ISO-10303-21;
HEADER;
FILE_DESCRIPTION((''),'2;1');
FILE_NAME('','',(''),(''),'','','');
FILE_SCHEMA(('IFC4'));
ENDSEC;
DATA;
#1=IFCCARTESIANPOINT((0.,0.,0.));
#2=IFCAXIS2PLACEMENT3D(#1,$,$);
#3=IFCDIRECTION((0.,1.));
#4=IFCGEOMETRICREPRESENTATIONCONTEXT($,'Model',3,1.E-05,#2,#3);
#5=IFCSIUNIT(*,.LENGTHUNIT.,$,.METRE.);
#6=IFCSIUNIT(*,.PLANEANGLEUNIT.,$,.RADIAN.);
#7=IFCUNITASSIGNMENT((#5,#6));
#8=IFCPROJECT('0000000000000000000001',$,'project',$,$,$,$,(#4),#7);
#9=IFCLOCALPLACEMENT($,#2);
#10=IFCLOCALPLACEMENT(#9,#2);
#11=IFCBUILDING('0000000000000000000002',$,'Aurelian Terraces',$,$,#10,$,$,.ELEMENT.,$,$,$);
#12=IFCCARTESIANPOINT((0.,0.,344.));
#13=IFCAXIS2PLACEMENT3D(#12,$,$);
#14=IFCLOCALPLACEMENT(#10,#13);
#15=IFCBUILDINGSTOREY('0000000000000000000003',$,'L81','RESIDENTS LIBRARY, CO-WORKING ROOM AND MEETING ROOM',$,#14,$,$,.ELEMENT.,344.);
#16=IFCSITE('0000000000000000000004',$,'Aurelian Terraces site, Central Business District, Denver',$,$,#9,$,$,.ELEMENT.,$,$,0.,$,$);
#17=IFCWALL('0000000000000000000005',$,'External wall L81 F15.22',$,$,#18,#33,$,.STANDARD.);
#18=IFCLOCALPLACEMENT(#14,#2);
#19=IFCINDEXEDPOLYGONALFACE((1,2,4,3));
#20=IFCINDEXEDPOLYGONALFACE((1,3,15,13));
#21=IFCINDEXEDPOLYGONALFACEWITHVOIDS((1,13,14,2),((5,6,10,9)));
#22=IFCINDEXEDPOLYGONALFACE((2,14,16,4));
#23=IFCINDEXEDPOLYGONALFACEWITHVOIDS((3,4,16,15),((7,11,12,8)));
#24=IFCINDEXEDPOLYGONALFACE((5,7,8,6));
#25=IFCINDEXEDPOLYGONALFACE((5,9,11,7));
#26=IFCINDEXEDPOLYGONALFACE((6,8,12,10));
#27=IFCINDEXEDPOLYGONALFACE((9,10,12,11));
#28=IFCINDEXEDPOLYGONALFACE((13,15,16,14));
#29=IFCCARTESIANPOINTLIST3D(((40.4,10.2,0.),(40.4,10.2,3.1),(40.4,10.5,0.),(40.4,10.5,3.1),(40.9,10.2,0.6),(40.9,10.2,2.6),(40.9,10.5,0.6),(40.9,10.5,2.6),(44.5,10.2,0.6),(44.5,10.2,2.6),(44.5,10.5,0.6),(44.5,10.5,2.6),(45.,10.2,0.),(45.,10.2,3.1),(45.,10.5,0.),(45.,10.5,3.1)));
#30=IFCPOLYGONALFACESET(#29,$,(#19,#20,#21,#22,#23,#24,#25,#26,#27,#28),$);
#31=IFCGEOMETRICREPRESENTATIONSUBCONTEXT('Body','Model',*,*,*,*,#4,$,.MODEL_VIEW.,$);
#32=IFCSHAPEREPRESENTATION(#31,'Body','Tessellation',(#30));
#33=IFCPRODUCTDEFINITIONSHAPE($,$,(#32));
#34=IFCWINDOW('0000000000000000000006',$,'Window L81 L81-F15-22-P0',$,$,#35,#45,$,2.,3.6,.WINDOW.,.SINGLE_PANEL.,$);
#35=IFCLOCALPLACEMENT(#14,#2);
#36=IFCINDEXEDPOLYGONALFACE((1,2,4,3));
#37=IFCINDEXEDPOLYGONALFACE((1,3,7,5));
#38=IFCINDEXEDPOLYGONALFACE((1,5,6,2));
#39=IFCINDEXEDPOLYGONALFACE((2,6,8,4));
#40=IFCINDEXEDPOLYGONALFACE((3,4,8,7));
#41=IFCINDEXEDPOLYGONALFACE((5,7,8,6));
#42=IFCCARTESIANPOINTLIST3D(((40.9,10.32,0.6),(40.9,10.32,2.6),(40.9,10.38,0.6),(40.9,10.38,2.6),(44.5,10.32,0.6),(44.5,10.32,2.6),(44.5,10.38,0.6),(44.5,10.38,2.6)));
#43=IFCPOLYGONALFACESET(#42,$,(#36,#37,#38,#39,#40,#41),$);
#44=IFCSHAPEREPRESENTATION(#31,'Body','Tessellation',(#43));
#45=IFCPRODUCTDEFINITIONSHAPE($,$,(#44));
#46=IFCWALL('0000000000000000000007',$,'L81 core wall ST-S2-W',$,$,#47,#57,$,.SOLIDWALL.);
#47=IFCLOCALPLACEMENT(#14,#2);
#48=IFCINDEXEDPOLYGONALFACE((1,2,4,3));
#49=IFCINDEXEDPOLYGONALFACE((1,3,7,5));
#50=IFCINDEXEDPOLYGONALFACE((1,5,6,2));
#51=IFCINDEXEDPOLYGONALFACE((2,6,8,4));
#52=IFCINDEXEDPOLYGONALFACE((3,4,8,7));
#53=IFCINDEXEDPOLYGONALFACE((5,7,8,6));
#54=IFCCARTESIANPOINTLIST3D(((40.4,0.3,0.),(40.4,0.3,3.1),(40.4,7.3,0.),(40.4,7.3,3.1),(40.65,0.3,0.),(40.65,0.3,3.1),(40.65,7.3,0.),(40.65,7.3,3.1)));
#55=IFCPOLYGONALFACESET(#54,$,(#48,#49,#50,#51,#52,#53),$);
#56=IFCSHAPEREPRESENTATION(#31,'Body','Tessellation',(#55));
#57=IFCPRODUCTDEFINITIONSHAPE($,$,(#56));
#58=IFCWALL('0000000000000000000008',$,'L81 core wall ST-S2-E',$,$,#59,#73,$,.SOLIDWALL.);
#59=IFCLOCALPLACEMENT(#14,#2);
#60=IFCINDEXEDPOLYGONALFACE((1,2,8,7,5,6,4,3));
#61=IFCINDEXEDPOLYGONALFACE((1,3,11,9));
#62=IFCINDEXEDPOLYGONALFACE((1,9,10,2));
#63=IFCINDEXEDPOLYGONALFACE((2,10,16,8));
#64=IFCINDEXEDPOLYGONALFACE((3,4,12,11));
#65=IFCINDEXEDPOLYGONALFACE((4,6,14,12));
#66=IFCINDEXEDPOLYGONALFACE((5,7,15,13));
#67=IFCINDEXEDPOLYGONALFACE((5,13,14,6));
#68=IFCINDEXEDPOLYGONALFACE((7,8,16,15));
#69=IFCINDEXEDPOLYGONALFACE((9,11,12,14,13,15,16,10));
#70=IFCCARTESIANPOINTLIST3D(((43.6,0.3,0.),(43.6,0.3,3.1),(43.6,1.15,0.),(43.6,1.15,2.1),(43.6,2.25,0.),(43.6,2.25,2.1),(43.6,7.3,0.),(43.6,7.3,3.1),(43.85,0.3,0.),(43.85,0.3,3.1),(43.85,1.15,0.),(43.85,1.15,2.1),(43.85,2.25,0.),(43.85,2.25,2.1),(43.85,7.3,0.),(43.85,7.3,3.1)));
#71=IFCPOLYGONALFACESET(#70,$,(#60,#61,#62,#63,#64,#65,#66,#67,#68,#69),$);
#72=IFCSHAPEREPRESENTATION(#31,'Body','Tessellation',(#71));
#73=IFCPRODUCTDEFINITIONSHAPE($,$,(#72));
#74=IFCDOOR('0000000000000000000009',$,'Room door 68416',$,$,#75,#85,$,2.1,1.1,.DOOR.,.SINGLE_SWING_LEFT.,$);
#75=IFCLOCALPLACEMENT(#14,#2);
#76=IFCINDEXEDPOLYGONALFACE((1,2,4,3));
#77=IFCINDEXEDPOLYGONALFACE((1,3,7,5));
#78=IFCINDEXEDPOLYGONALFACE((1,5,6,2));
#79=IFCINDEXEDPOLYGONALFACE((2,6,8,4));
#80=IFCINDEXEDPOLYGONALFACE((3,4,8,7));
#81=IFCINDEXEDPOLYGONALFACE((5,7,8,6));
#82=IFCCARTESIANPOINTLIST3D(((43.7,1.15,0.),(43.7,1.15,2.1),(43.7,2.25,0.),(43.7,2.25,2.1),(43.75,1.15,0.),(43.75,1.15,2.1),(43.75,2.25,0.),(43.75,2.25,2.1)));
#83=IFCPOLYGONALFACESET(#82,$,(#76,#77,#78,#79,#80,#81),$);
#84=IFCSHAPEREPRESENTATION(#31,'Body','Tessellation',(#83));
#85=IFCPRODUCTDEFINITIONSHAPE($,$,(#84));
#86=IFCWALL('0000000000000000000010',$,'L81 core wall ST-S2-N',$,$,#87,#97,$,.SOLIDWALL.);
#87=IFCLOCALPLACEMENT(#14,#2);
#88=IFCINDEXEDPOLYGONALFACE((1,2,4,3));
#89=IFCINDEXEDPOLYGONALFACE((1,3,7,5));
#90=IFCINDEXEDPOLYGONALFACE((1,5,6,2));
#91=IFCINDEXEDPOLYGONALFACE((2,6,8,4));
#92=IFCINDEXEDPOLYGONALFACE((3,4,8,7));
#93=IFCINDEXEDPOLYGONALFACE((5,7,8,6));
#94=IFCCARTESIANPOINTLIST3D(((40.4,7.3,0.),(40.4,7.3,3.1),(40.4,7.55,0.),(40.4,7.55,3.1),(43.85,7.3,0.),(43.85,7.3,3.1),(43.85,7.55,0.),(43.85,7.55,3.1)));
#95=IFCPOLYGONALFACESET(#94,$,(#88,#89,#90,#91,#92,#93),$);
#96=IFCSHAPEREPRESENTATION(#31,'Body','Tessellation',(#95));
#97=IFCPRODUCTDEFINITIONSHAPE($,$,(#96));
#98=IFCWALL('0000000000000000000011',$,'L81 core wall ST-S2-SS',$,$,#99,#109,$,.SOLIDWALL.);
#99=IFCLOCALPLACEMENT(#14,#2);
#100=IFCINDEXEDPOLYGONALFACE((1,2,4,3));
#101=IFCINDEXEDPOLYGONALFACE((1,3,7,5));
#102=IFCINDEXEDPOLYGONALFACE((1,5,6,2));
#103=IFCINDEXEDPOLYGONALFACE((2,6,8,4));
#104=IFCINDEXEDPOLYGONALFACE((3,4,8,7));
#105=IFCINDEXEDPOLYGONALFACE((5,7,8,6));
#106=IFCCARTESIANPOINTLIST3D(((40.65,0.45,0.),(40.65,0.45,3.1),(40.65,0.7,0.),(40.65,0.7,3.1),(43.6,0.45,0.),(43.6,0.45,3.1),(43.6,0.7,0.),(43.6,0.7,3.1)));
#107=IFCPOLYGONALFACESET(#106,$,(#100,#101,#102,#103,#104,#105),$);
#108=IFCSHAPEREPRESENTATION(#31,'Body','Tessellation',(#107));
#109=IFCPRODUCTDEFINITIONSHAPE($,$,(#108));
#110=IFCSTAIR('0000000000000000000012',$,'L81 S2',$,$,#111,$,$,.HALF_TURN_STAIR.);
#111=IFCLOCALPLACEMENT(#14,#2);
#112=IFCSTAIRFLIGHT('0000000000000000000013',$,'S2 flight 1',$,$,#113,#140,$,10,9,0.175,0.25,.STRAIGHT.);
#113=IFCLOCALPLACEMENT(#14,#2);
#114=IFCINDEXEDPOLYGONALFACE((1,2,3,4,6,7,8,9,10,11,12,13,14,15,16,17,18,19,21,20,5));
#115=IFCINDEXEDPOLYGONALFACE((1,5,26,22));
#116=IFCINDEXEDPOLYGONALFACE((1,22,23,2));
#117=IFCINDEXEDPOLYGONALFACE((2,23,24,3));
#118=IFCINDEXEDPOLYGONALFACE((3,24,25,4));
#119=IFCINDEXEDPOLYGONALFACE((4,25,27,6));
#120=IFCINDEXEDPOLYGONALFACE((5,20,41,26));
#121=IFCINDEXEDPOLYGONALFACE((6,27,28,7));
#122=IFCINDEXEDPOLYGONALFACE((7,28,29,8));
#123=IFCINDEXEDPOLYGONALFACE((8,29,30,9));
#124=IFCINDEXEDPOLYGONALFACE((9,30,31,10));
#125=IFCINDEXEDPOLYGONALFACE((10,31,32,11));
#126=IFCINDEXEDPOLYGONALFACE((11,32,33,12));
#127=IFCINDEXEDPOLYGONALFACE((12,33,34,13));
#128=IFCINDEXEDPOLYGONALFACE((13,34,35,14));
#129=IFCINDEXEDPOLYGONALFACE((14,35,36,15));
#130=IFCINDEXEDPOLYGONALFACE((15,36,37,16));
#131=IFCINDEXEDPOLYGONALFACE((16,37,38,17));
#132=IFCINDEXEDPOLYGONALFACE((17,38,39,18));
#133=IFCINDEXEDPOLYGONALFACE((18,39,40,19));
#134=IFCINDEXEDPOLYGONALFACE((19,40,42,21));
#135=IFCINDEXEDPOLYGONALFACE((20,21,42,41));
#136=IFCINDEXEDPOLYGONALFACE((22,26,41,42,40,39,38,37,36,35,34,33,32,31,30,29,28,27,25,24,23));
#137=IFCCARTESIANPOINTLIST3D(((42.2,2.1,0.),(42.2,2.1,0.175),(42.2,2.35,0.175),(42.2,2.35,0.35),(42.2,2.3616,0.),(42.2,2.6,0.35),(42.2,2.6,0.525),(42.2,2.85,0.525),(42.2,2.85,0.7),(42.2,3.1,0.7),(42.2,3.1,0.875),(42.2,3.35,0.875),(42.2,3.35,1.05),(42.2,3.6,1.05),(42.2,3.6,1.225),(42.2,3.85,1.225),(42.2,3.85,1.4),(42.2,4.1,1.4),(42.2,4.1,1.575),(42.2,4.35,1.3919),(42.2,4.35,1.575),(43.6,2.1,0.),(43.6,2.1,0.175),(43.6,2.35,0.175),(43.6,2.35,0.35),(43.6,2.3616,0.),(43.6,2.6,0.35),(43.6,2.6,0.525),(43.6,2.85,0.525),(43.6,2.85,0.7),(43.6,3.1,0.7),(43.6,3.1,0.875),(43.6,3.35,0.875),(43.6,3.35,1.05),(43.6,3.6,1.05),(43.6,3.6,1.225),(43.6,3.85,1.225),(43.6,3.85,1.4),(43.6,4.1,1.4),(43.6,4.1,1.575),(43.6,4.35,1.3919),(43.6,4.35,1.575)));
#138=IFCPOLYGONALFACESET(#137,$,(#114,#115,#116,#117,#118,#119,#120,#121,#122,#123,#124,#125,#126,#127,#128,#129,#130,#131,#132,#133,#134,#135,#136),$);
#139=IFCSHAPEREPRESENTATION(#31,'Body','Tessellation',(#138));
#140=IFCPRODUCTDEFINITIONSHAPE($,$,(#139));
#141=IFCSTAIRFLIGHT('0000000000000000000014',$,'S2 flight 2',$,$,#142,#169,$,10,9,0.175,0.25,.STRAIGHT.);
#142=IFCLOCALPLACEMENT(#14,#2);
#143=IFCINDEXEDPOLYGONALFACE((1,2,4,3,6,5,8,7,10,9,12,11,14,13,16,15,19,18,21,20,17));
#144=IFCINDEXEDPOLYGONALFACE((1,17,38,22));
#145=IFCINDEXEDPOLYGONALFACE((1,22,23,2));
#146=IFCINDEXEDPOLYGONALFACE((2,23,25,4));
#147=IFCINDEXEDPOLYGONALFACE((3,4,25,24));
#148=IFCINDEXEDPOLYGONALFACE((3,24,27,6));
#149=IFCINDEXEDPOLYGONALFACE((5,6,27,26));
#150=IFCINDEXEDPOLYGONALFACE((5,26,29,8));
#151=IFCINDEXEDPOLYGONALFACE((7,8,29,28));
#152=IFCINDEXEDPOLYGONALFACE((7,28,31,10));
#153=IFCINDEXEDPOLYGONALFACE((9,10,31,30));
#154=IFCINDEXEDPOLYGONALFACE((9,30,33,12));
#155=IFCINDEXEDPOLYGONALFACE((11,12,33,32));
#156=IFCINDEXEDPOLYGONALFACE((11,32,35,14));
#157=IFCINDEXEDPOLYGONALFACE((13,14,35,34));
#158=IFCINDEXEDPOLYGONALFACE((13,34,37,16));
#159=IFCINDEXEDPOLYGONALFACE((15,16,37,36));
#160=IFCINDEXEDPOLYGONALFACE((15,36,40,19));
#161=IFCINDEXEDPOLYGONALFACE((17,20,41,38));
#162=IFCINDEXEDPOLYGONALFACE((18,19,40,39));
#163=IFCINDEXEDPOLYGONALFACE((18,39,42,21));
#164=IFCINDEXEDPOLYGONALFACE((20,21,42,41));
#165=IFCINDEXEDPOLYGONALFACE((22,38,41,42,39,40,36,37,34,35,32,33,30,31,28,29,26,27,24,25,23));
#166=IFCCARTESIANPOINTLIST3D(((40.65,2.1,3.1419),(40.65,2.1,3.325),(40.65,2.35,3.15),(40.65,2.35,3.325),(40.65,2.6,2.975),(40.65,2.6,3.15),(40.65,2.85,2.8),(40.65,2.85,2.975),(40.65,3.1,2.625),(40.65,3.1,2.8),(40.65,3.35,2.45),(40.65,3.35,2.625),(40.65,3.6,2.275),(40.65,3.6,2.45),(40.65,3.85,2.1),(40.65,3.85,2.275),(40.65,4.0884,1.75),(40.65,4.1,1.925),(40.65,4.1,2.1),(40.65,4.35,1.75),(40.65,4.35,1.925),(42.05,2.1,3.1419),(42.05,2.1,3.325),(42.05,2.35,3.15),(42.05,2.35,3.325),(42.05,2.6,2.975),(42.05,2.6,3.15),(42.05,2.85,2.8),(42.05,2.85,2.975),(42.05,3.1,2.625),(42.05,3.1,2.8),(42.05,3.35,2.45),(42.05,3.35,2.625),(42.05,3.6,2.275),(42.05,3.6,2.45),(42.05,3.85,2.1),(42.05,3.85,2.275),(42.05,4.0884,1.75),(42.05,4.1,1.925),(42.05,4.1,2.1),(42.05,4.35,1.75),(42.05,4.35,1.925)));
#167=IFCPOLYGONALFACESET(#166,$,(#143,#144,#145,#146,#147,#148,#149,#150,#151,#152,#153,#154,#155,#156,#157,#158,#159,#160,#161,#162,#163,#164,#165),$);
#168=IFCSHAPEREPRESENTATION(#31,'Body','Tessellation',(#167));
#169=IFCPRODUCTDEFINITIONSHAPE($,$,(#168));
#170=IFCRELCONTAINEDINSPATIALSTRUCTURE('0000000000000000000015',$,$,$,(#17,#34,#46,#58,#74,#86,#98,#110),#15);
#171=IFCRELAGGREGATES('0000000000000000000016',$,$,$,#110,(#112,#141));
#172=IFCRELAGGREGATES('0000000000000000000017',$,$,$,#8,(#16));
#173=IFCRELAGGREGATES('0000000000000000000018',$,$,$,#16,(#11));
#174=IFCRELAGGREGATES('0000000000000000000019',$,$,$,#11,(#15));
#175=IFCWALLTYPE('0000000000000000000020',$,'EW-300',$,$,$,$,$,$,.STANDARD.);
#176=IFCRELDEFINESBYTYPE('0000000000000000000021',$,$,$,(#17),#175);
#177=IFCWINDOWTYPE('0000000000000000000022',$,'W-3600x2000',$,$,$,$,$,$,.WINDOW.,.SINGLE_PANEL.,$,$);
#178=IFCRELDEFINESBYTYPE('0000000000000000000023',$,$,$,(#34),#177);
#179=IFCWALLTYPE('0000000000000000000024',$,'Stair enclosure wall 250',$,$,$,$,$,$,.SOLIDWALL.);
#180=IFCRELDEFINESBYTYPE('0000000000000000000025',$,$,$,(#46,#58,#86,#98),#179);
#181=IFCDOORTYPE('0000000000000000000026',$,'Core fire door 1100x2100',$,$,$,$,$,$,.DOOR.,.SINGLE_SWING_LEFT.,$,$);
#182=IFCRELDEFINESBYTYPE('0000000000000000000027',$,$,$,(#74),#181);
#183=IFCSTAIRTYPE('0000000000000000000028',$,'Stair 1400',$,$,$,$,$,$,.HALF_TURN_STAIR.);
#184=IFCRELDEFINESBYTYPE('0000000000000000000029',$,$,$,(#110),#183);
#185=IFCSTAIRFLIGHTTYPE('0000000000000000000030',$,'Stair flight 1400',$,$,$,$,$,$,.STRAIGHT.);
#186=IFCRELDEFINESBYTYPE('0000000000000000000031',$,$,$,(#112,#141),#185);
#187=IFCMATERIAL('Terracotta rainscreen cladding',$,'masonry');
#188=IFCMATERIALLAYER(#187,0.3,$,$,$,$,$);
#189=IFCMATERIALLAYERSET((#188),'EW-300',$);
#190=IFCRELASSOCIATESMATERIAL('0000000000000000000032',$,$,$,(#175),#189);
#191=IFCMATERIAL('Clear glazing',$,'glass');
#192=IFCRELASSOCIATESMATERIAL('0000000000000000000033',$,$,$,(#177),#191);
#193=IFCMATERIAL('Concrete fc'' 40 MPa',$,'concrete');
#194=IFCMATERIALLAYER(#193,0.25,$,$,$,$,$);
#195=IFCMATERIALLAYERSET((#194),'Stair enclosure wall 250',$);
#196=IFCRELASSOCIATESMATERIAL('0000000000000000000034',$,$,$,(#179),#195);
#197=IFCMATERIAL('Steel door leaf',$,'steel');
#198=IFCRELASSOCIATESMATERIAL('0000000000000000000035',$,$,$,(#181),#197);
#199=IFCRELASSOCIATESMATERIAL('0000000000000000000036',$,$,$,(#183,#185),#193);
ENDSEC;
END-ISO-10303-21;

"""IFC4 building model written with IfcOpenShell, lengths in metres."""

from ifc_helpers import new_model, si_unit, direction, frame, frame_2d, origin, place, context, subcontext, project, spatial, polyline, rectangle, outline, extrude, source, transform, mapped, material, layer, layer_set, type_object, element, fill, aggregate, save


model = new_model("IFC4")

# Units and contexts
model_context = context("Model", 3, precision=1e-05, world=origin(), true_north=direction((0.0, 1.0)))
body_context = subcontext(model_context, "Body", "Model", "MODEL_VIEW")
ifc_project = project(units=[si_unit("LENGTHUNIT", "METRE"), si_unit("PLANEANGLEUNIT", "RADIAN")], contexts=[model_context])

# Site, building, storey
site_placement = place(None, origin())
site = spatial("IfcSite", under=ifc_project, at=site_placement, Name="Aurelian Terraces site, Central Business District, Denver", CompositionType="ELEMENT", RefElevation=0.0)
building_placement = place(site_placement, origin())
building = spatial("IfcBuilding", under=site, at=building_placement, Name="Aurelian Terraces", CompositionType="ELEMENT")
storey_placement = place(building_placement, frame((0.0, 0.0, 344.0)))
storey = spatial("IfcBuildingStorey", under=building, at=storey_placement, Name="L81", Description="RESIDENTS LIBRARY, CO-WORKING ROOM AND MEETING ROOM", CompositionType="ELEMENT", Elevation=344.0)

# Shared definitions
ifc_material_1 = material(Name="Terracotta rainscreen cladding", Category="masonry")
ifc_layer_1 = layer(ifc_material_1, 0.3)
ifc_layer_set_1 = layer_set([ifc_layer_1], Name="EW-300")
wall_type_1 = type_object("IfcWallType", Name="EW-300", PredefinedType="STANDARD", material=ifc_layer_set_1)
ifc_material_2 = material(Name="Clear glazing", Category="glass")

# Shared definitions
ifc_material_3 = material(Name="Concrete fc' 40 MPa", Category="concrete")

# Wall, opening, window
shared_shape_1 = source(origin(), body_context, "Body", "SweptSolid", [
    extrude(rectangle(XDim=4.6, YDim=0.3, at=frame_2d((2.3, 0.0))), origin(), (0.0, 0.0, 1.0), 3.1),
])
wall_1_placement = place(storey_placement, frame((45.0, 10.35, 0.0), z_axis=(0.0, 0.0, 1.0), x_axis=(-1.0, 0.0, 0.0)))
wall_1 = element("IfcWall", 1, at=wall_1_placement, inside=storey, type_object=wall_type_1, Name="External wall L81 F15.22", PredefinedType="STANDARD", context=body_context, shape_type="MappedRepresentation", body=[
    mapped(shared_shape_1, transform((0.0, 0.0, 0.0), scale=1.0)),
])
shared_shape_2 = source(origin(), body_context, "Body", "SweptSolid", [
    extrude(rectangle(XDim=3.6, YDim=2.0, at=frame_2d((1.8, 1.0))), frame((0.0, 0.16, 0.0), z_axis=(0.0, -1.0, 0.0), x_axis=(1.0, 0.0, 0.0)), (0.0, 0.0, 1.0), 0.32),
])
opening_1_placement = place(wall_1_placement, frame((0.5, 0.0, 0.6)))
opening_1 = element("IfcOpeningElement", 2, at=opening_1_placement, cuts=wall_1, PredefinedType="OPENING", context=body_context, shape_type="MappedRepresentation", body=[
    mapped(shared_shape_2, transform((0.0, 0.0, 0.0), scale=1.0)),
])
window_type_1 = type_object("IfcWindowType", Name="W-3600x2000", PartitioningType="SINGLE_PANEL", PredefinedType="WINDOW", material=ifc_material_2)
shared_shape_3 = source(origin(), body_context, "Body", "SweptSolid", [
    extrude(rectangle(XDim=3.6, YDim=2.0, at=frame_2d((1.8, 1.0))), frame((0.0, 0.03, 0.0), z_axis=(0.0, -1.0, 0.0), x_axis=(1.0, 0.0, 0.0)), (0.0, 0.0, 1.0), 0.06),
])
window_1_placement = place(opening_1_placement, origin())
window_1 = element("IfcWindow", 3, at=window_1_placement, inside=storey, type_object=window_type_1, Name="Window L81 L81-F15-22-P0", OverallHeight=2.0, OverallWidth=3.6, PartitioningType="SINGLE_PANEL", PredefinedType="WINDOW", context=body_context, shape_type="MappedRepresentation", body=[
    mapped(shared_shape_3, transform((0.0, 0.0, 0.0), scale=1.0)),
])
fill(opening_1, window_1)

# Wall
ifc_layer_2 = layer(ifc_material_3, 0.25)
ifc_layer_set_2 = layer_set([ifc_layer_2], Name="Stair enclosure wall 250")
wall_type_2 = type_object("IfcWallType", Name="Stair enclosure wall 250", PredefinedType="SOLIDWALL", material=ifc_layer_set_2)
shared_shape_4 = source(origin(), body_context, "Body", "SweptSolid", [
    extrude(rectangle(XDim=7.0, YDim=0.25, at=frame_2d((3.5, 0.0))), origin(), (0.0, 0.0, 1.0), 3.1),
])
wall_2_placement = place(storey_placement, frame((40.525, 0.3, 0.0), z_axis=(0.0, 0.0, 1.0), x_axis=(0.0, 1.0, 0.0)))
element("IfcWall", 4, at=wall_2_placement, inside=storey, type_object=wall_type_2, Name="L81 core wall ST-S2-W", PredefinedType="SOLIDWALL", context=body_context, shape_type="MappedRepresentation", body=[
    mapped(shared_shape_4, transform((0.0, 0.0, 0.0), scale=1.0)),
])

# Wall, opening, door
wall_3_placement = place(storey_placement, frame((43.725, 0.3, 0.0), z_axis=(0.0, 0.0, 1.0), x_axis=(0.0, 1.0, 0.0)))
wall_3 = element("IfcWall", 5, at=wall_3_placement, inside=storey, type_object=wall_type_2, Name="L81 core wall ST-S2-E", PredefinedType="SOLIDWALL", context=body_context, shape_type="MappedRepresentation", body=[
    mapped(shared_shape_4, transform((0.0, 0.0, 0.0), scale=1.0)),
])
shared_shape_5 = source(origin(), body_context, "Body", "SweptSolid", [
    extrude(rectangle(XDim=1.1, YDim=2.1, at=frame_2d((0.55, 1.05))), frame((0.0, 0.135, 0.0), z_axis=(0.0, -1.0, 0.0), x_axis=(1.0, 0.0, 0.0)), (0.0, 0.0, 1.0), 0.27),
])
opening_2_placement = place(wall_3_placement, frame((0.85, 0.0, 0.0)))
opening_2 = element("IfcOpeningElement", 6, at=opening_2_placement, cuts=wall_3, PredefinedType="OPENING", context=body_context, shape_type="MappedRepresentation", body=[
    mapped(shared_shape_5, transform((0.0, 0.0, 0.0), scale=1.0)),
])
ifc_material_4 = material(Name="Steel door leaf", Category="steel")
door_type = type_object("IfcDoorType", Name="Core fire door 1100x2100", OperationType="SINGLE_SWING_LEFT", PredefinedType="DOOR", material=ifc_material_4)
shared_shape_6 = source(origin(), body_context, "Body", "SweptSolid", [
    extrude(rectangle(XDim=1.1, YDim=2.1, at=frame_2d((0.55, 1.05))), frame((0.0, 0.025, 0.0), z_axis=(0.0, -1.0, 0.0), x_axis=(1.0, 0.0, 0.0)), (0.0, 0.0, 1.0), 0.05),
])
door_placement = place(opening_2_placement, origin())
door = element("IfcDoor", 7, at=door_placement, inside=storey, type_object=door_type, Name="Room door 68416", OperationType="SINGLE_SWING_LEFT", OverallHeight=2.1, OverallWidth=1.1, PredefinedType="DOOR", context=body_context, shape_type="MappedRepresentation", body=[
    mapped(shared_shape_6, transform((0.0, 0.0, 0.0), scale=1.0)),
])
fill(opening_2, door)

# Walls
shared_shape_7 = source(origin(), body_context, "Body", "SweptSolid", [
    extrude(rectangle(XDim=3.45, YDim=0.25, at=frame_2d((1.725, 0.0))), origin(), (0.0, 0.0, 1.0), 3.1),
])
wall_4_placement = place(storey_placement, frame((40.4, 7.425, 0.0), z_axis=(0.0, 0.0, 1.0), x_axis=(1.0, 0.0, 0.0)))
element("IfcWall", 8, at=wall_4_placement, inside=storey, type_object=wall_type_2, Name="L81 core wall ST-S2-N", PredefinedType="SOLIDWALL", context=body_context, shape_type="MappedRepresentation", body=[
    mapped(shared_shape_7, transform((0.0, 0.0, 0.0), scale=1.0)),
])
shared_shape_8 = source(origin(), body_context, "Body", "SweptSolid", [
    extrude(rectangle(XDim=2.95, YDim=0.25, at=frame_2d((1.475, 0.0))), origin(), (0.0, 0.0, 1.0), 3.1),
])
wall_5_placement = place(storey_placement, frame((40.65, 0.575, 0.0), z_axis=(0.0, 0.0, 1.0), x_axis=(1.0, 0.0, 0.0)))
element("IfcWall", 9, at=wall_5_placement, inside=storey, type_object=wall_type_2, Name="L81 core wall ST-S2-SS", PredefinedType="SOLIDWALL", context=body_context, shape_type="MappedRepresentation", body=[
    mapped(shared_shape_8, transform((0.0, 0.0, 0.0), scale=1.0)),
])

# Stair, stair flights
stair_type = type_object("IfcStairType", Name="Stair 1400", PredefinedType="HALF_TURN_STAIR", material=ifc_material_3)
stair_placement = place(storey_placement, origin())
stair = element("IfcStair", 10, at=stair_placement, inside=storey, type_object=stair_type, Name="L81 S2", PredefinedType="HALF_TURN_STAIR")
stair_flight_type = type_object("IfcStairFlightType", Name="Stair flight 1400", PredefinedType="STRAIGHT", material=ifc_material_3)
shared_shape_9 = source(origin(), body_context, "Body", "SweptSolid", [
    extrude(outline(polyline([(0.0, 0.0), (0.0, 0.175), (0.25, 0.175), (0.25, 0.35), (0.5, 0.35), (0.5, 0.525), (0.75, 0.525), (0.75, 0.7), (1.0, 0.7), (1.0, 0.875), (1.25, 0.875), (1.25, 1.05), (1.5, 1.05), (1.5, 1.225), (1.75, 1.225), (1.75, 1.4), (2.0, 1.4), (2.0, 1.575), (2.25, 1.575), (2.25, 1.75), (2.25, 1.3919), (0.2616, 0.0), (0.0, 0.0)])), frame((0.0, 0.7, 0.0), z_axis=(0.0, -1.0, 0.0), x_axis=(1.0, 0.0, 0.0)), (0.0, 0.0, 1.0), 1.4),
])
stair_flight_1_placement = place(storey_placement, frame((42.9, 2.1, 0.0), z_axis=(0.0, 0.0, 1.0), x_axis=(0.0, 1.0, 0.0)))
stair_flight_1 = element("IfcStairFlight", 11, at=stair_flight_1_placement, type_object=stair_flight_type, Name="S2 flight 1", NumberOfRisers=10, NumberOfTreads=9, PredefinedType="STRAIGHT", RiserHeight=0.175, TreadLength=0.25, context=body_context, shape_type="MappedRepresentation", body=[
    mapped(shared_shape_9, transform((0.0, 0.0, 0.0), scale=1.0)),
])
stair_flight_2_placement = place(storey_placement, frame((41.35, 4.35, 1.75), z_axis=(0.0, 0.0, 1.0), x_axis=(0.0, -1.0, 0.0)))
stair_flight_2 = element("IfcStairFlight", 12, at=stair_flight_2_placement, type_object=stair_flight_type, Name="S2 flight 2", NumberOfRisers=10, NumberOfTreads=9, PredefinedType="STRAIGHT", RiserHeight=0.175, TreadLength=0.25, context=body_context, shape_type="MappedRepresentation", body=[
    mapped(shared_shape_9, transform((0.0, 0.0, 0.0), scale=1.0)),
])
aggregate(stair, [stair_flight_1, stair_flight_2])

save(model, "model.ifc")
